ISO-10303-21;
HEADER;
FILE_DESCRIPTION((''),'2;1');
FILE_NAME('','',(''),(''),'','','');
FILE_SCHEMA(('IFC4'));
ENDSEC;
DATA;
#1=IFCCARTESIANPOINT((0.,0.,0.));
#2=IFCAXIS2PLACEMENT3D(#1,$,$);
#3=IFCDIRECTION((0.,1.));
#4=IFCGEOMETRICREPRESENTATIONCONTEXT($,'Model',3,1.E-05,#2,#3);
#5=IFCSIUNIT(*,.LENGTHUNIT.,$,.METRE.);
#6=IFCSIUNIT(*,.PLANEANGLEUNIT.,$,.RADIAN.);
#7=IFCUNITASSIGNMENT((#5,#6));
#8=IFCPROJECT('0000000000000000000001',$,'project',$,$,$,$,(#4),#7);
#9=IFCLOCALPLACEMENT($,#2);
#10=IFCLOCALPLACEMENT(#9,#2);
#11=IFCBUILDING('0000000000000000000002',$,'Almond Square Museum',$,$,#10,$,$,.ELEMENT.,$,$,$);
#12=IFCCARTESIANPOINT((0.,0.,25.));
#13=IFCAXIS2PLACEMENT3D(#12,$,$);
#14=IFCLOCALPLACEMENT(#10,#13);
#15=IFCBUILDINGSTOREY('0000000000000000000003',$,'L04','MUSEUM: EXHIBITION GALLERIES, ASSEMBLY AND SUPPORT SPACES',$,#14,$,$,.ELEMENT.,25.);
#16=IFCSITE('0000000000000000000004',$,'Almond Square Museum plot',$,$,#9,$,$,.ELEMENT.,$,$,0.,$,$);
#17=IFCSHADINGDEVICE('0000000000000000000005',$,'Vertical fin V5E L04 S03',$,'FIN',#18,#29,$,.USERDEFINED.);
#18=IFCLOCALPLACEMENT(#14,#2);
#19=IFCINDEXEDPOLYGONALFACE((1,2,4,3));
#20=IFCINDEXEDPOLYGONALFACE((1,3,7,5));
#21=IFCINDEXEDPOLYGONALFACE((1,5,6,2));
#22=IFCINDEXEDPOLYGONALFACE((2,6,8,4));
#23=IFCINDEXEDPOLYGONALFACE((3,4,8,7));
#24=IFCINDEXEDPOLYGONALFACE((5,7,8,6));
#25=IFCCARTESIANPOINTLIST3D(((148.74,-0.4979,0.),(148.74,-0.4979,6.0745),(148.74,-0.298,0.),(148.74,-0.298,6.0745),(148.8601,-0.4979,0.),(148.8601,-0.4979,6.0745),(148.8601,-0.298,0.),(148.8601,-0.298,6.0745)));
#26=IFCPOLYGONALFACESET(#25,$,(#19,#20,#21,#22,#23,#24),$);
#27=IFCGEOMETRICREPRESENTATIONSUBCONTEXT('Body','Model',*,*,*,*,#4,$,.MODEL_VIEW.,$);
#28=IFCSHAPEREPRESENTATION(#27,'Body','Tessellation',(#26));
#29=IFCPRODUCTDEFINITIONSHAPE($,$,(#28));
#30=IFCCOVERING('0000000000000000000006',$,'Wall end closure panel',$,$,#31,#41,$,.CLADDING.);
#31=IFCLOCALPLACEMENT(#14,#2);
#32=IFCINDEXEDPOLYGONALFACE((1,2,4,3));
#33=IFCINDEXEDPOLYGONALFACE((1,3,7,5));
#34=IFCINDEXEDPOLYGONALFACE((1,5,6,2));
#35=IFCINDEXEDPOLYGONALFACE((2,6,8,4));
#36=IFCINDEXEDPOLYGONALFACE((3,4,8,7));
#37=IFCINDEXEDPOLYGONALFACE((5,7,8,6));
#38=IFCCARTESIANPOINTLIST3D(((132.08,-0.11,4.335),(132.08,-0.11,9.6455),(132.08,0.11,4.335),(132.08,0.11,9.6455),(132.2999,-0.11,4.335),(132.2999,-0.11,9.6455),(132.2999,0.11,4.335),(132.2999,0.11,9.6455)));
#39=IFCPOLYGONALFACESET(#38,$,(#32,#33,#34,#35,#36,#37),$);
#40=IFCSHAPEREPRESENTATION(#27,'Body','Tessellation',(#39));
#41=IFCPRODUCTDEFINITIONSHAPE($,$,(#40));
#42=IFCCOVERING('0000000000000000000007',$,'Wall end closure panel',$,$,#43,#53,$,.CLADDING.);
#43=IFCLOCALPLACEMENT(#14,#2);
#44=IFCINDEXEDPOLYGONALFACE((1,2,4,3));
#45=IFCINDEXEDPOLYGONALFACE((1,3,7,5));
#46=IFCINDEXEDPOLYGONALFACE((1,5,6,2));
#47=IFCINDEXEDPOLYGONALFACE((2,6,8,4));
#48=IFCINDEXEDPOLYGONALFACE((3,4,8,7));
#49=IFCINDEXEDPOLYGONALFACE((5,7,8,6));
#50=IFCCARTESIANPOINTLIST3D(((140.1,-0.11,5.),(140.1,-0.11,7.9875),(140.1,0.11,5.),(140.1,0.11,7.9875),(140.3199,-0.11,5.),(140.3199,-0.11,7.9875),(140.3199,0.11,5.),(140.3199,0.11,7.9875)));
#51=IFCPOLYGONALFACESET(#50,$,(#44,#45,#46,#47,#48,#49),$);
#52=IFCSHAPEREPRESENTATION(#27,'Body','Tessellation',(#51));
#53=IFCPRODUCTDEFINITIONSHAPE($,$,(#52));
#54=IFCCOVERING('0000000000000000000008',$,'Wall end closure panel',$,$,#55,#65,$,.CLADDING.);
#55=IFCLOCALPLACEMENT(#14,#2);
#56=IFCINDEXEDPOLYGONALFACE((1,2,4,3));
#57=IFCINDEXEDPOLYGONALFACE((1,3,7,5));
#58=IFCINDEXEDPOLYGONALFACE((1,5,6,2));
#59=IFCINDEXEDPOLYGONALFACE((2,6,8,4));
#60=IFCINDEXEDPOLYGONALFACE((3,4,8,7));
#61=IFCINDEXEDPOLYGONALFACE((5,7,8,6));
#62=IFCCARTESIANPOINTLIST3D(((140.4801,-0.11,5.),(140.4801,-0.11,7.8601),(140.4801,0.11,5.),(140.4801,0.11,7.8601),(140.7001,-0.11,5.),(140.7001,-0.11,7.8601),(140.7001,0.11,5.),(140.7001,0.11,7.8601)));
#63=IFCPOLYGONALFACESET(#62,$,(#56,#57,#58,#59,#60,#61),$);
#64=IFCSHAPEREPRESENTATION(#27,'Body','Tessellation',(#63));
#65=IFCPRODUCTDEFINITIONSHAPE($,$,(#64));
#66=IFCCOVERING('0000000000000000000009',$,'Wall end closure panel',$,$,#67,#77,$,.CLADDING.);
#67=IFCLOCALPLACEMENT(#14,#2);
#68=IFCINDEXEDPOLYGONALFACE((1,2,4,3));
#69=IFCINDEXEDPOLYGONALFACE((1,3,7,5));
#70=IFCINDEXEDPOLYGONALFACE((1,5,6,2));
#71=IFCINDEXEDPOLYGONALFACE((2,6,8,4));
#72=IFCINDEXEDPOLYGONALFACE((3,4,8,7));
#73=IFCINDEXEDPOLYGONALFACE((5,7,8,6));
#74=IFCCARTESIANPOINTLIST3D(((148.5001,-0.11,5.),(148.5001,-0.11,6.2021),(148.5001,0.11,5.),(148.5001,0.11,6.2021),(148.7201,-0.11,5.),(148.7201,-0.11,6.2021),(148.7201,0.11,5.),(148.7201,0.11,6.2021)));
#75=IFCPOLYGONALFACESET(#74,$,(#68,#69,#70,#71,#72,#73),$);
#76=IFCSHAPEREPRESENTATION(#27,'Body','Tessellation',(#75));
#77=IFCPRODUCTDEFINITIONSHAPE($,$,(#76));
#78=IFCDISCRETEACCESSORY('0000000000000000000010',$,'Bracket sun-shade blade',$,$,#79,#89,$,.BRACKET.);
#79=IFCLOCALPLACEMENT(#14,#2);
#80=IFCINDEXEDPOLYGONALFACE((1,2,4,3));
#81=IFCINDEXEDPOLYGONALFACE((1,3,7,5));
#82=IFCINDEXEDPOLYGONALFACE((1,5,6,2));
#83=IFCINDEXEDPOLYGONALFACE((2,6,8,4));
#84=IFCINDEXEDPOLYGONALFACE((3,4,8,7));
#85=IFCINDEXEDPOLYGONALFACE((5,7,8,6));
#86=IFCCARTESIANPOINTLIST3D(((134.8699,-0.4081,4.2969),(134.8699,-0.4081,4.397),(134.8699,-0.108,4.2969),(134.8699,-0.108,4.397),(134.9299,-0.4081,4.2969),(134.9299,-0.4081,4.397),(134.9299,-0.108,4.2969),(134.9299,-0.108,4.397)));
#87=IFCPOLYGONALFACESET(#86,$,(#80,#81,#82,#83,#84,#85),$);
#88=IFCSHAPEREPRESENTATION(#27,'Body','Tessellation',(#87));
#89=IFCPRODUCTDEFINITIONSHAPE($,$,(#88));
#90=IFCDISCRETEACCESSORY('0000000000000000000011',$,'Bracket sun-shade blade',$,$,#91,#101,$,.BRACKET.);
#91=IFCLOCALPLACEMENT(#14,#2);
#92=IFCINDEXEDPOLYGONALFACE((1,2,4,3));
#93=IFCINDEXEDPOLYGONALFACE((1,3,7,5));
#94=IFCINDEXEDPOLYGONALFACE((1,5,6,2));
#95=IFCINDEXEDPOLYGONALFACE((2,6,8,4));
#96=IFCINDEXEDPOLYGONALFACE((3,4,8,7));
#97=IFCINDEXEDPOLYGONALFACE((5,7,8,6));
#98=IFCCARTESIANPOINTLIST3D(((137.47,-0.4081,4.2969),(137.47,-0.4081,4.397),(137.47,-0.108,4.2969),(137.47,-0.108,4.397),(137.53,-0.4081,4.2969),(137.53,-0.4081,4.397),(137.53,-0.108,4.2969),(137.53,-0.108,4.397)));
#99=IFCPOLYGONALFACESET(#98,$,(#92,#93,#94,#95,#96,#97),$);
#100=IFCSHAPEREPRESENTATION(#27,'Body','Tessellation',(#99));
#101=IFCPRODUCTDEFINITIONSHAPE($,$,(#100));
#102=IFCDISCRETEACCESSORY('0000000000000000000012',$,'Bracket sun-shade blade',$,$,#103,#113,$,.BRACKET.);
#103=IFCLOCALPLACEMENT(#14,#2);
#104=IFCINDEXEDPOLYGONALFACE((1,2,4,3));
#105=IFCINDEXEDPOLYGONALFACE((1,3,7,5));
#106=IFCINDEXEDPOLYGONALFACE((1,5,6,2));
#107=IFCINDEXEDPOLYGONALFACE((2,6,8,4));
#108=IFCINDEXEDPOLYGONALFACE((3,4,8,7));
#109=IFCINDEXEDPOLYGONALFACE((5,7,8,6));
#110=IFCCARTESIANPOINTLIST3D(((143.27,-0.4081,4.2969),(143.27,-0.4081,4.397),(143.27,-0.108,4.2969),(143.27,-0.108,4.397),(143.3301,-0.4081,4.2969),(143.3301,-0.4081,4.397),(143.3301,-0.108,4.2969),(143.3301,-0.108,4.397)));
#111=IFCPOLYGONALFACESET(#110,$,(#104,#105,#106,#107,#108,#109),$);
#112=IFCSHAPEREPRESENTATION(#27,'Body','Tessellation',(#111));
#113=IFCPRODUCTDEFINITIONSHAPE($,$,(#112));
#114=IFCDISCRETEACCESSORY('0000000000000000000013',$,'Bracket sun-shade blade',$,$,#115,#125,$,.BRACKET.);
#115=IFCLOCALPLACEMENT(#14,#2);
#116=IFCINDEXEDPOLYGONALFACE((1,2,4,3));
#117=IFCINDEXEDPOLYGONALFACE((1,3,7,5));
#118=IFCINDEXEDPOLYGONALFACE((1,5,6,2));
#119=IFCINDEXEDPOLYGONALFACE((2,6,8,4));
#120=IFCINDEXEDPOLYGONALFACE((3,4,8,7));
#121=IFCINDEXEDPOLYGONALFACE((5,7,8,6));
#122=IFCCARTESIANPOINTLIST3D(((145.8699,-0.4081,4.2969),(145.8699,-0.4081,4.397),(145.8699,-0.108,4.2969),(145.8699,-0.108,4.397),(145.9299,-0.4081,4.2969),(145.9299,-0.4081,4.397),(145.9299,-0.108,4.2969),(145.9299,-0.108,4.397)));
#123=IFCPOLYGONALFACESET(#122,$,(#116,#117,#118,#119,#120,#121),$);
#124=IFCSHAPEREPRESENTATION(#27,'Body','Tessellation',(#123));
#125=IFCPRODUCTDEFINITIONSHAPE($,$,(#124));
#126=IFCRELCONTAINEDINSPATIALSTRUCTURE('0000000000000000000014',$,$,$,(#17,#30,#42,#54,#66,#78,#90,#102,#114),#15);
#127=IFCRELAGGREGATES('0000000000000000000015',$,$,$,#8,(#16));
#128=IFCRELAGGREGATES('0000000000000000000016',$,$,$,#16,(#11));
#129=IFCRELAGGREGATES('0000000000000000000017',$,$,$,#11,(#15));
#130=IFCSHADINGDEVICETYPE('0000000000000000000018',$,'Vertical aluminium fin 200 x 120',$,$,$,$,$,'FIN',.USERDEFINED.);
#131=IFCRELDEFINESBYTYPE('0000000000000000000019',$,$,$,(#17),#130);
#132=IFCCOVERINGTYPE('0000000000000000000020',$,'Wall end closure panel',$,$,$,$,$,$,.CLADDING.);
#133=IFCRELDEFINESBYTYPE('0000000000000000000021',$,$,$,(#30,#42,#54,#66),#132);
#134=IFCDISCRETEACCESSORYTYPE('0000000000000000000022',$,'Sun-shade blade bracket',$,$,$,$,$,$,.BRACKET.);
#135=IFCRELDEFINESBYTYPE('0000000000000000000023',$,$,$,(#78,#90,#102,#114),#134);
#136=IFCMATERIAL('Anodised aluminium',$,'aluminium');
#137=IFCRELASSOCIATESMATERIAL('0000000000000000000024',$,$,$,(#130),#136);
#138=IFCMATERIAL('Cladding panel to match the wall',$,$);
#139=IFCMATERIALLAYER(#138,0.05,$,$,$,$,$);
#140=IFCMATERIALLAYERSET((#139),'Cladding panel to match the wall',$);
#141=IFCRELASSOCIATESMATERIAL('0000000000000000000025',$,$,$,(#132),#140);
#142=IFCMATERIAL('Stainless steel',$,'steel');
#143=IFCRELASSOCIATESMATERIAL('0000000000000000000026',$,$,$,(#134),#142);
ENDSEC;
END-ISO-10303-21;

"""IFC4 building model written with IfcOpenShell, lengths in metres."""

from ifc_helpers import new_model, si_unit, direction, frame, origin, origin_2d, place, context, subcontext, project, spatial, rectangle, extrude, material, layer, layer_set, material_profile, profile_set, type_object, element, save


model = new_model("IFC4")

# Units and contexts
model_context = context("Model", 3, precision=1e-05, world=origin(), true_north=direction((0.0, 1.0)))
body_context = subcontext(model_context, "Body", "Model", "MODEL_VIEW")
ifc_project = project(units=[si_unit("LENGTHUNIT", "METRE"), si_unit("PLANEANGLEUNIT", "RADIAN")], contexts=[model_context])

# Site, building, storey
site_placement = place(None, origin())
site = spatial("IfcSite", under=ifc_project, at=site_placement, Name="Almond Square Museum plot", CompositionType="ELEMENT", RefElevation=0.0)
building_placement = place(site_placement, origin())
building = spatial("IfcBuilding", under=site, at=building_placement, Name="Almond Square Museum", CompositionType="ELEMENT")
storey_placement = place(building_placement, frame((0.0, 0.0, 25.0)))
storey = spatial("IfcBuildingStorey", under=building, at=storey_placement, Name="L04", Description="MUSEUM: EXHIBITION GALLERIES, ASSEMBLY AND SUPPORT SPACES", CompositionType="ELEMENT", Elevation=25.0)

# Shading device
ifc_material_1 = material(Name="Anodised aluminium", Category="aluminium")
ifc_material_profile_1 = material_profile(ifc_material_1, rectangle(XDim=0.2, YDim=0.1201, at=origin_2d()))
ifc_profile_set_1 = profile_set([ifc_material_profile_1], Name="Anodised aluminium")
shading_device_type_1 = type_object("IfcShadingDeviceType", Name="Vertical aluminium fin 200 x 120", ElementType="FIN", PredefinedType="USERDEFINED", material=ifc_profile_set_1)
shading_device_1_placement = place(storey_placement, frame((148.8, -0.3979, 0.0), z_axis=(0.0, 0.0, 1.0), x_axis=(0.0, -1.0, 0.0)))
element("IfcShadingDevice", 1, at=shading_device_1_placement, inside=storey, type_object=shading_device_type_1, Name="Vertical fin V5E L04 S03", ObjectType="FIN", PredefinedType="USERDEFINED", context=body_context, shape_type="SweptSolid", body=[
    extrude(rectangle(XDim=0.2, YDim=0.1201, at=origin_2d()), origin(), (0.0, 0.0, 1.0), 6.0745),
])

# Coverings
ifc_material_2 = material(Name="Cladding panel to match the wall")
ifc_layer_1 = layer(ifc_material_2, 0.05)
ifc_layer_set_1 = layer_set([ifc_layer_1], Name="Cladding panel to match the wall")
covering_type = type_object("IfcCoveringType", Name="Wall end closure panel", PredefinedType="CLADDING", material=ifc_layer_set_1)
covering_1_placement = place(storey_placement, frame((132.1899, 0.0, 4.335), z_axis=(0.0, 0.0, 1.0), x_axis=(1.0, 0.0, 0.0)))
element("IfcCovering", 2, at=covering_1_placement, inside=storey, type_object=covering_type, Name="Wall end closure panel", PredefinedType="CLADDING", context=body_context, shape_type="SweptSolid", body=[
    extrude(rectangle(XDim=0.22, YDim=0.22, at=origin_2d()), origin(), (0.0, 0.0, 1.0), 5.3105),
])
covering_2_placement = place(storey_placement, frame((140.21, 0.0, 5.0), z_axis=(0.0, 0.0, 1.0), x_axis=(1.0, 0.0, 0.0)))
element("IfcCovering", 3, at=covering_2_placement, inside=storey, type_object=covering_type, Name="Wall end closure panel", PredefinedType="CLADDING", context=body_context, shape_type="SweptSolid", body=[
    extrude(rectangle(XDim=0.22, YDim=0.22, at=origin_2d()), origin(), (0.0, 0.0, 1.0), 2.9875),
])
covering_3_placement = place(storey_placement, frame((140.5901, 0.0, 5.0), z_axis=(0.0, 0.0, 1.0), x_axis=(1.0, 0.0, 0.0)))
element("IfcCovering", 4, at=covering_3_placement, inside=storey, type_object=covering_type, Name="Wall end closure panel", PredefinedType="CLADDING", context=body_context, shape_type="SweptSolid", body=[
    extrude(rectangle(XDim=0.22, YDim=0.22, at=origin_2d()), origin(), (0.0, 0.0, 1.0), 2.8601),
])
covering_4_placement = place(storey_placement, frame((148.6101, 0.0, 5.0), z_axis=(0.0, 0.0, 1.0), x_axis=(1.0, 0.0, 0.0)))
element("IfcCovering", 5, at=covering_4_placement, inside=storey, type_object=covering_type, Name="Wall end closure panel", PredefinedType="CLADDING", context=body_context, shape_type="SweptSolid", body=[
    extrude(rectangle(XDim=0.22, YDim=0.22, at=origin_2d()), origin(), (0.0, 0.0, 1.0), 1.2021),
])

# Discrete accessories
ifc_material_3 = material(Name="Stainless steel", Category="steel")
discrete_accessory_type = type_object("IfcDiscreteAccessoryType", Name="Sun-shade blade bracket", PredefinedType="BRACKET", material=ifc_material_3)
for number, where, z_axis, x_axis, name in (
    (6, (134.8999, -0.2581, 4.2969), (0.0, 0.0, 1.0), (1.0, 0.0, 0.0), "Bracket sun-shade blade"),
    (7, (137.5, -0.2581, 4.2969), (0.0, 0.0, 1.0), (1.0, 0.0, 0.0), "Bracket sun-shade blade"),
    (8, (143.3, -0.2581, 4.2969), (0.0, 0.0, 1.0), (1.0, 0.0, 0.0), "Bracket sun-shade blade"),
    (9, (145.8999, -0.2581, 4.2969), (0.0, 0.0, 1.0), (1.0, 0.0, 0.0), "Bracket sun-shade blade"),
):
    element("IfcDiscreteAccessory", number, at=place(storey_placement, frame(where, z_axis=z_axis, x_axis=x_axis)), inside=storey, type_object=discrete_accessory_type, Name=name, PredefinedType="BRACKET", context=body_context, shape_type="SweptSolid", body=[
        extrude(rectangle(XDim=0.0601, YDim=0.3, at=origin_2d()), origin(), (0.0, 0.0, 1.0), 0.1001),
    ])

save(model, "model.ifc")
